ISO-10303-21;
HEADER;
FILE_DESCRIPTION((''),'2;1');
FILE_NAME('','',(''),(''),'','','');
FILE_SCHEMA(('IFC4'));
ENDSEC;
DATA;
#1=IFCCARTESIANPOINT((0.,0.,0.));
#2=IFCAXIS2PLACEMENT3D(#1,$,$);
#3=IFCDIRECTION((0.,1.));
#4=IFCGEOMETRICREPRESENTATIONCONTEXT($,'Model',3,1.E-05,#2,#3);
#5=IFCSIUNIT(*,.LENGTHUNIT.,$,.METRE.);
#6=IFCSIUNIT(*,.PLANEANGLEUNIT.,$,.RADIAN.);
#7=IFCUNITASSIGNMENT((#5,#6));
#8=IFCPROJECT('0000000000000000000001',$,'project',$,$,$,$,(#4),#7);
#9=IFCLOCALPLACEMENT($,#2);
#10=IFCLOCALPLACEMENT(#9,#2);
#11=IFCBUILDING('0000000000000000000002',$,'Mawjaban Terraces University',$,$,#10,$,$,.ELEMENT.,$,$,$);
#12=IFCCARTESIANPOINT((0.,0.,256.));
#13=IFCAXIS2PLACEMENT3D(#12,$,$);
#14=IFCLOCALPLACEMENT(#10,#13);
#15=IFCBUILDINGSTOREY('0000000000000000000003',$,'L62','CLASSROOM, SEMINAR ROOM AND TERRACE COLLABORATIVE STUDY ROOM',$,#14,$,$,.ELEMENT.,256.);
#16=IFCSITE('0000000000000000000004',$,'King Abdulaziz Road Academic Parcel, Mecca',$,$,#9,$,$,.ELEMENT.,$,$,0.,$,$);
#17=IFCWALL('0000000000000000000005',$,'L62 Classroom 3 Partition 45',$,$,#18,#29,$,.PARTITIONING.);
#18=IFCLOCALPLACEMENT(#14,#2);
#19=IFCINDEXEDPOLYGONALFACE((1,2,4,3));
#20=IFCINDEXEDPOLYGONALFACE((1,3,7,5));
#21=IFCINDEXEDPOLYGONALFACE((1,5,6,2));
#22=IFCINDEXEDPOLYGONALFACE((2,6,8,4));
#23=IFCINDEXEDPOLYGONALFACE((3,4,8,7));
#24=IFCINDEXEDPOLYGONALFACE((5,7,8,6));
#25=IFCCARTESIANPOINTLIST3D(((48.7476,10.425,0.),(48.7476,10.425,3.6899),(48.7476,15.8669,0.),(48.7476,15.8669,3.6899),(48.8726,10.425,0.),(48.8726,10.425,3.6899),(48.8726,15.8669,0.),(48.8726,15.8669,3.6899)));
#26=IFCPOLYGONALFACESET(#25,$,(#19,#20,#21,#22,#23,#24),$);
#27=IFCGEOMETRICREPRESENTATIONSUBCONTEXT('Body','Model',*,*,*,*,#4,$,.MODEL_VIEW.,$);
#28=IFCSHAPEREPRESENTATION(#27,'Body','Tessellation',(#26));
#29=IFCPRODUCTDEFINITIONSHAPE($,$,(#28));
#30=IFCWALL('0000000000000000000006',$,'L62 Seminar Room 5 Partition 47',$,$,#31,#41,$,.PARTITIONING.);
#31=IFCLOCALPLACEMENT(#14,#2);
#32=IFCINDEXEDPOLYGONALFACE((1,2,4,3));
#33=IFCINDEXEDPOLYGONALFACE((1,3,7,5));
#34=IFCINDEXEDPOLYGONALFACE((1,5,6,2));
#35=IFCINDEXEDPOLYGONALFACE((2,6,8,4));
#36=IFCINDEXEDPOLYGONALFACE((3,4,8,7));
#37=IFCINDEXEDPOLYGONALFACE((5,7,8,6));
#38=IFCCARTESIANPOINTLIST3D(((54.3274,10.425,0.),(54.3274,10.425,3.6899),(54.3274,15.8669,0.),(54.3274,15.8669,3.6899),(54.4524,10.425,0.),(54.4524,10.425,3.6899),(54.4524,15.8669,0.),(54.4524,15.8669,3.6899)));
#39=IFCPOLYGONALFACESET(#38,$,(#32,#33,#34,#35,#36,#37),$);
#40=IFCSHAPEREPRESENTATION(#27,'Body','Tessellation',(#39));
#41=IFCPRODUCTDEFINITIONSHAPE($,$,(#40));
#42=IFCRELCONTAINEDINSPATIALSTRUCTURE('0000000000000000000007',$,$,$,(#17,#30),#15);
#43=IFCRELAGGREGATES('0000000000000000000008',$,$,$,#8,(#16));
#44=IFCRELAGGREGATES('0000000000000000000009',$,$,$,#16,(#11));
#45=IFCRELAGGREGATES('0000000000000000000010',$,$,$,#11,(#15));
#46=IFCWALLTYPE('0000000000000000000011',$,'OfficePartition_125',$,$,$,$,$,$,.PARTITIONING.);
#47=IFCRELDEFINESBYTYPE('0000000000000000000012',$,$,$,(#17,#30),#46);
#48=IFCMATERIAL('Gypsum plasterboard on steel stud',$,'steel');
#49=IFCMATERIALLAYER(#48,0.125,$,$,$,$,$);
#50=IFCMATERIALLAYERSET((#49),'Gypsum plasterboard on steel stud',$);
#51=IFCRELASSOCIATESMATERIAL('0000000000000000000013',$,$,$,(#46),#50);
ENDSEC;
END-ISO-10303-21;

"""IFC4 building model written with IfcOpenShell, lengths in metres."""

from ifc_helpers import new_model, si_unit, direction, frame, frame_2d, origin, place, context, subcontext, project, spatial, rectangle, extrude, material, layer, layer_set, type_object, element, save


model = new_model("IFC4")

# Units and contexts
model_context = context("Model", 3, precision=1e-05, world=origin(), true_north=direction((0.0, 1.0)))
body_context = subcontext(model_context, "Body", "Model", "MODEL_VIEW")
ifc_project = project(units=[si_unit("LENGTHUNIT", "METRE"), si_unit("PLANEANGLEUNIT", "RADIAN")], contexts=[model_context])

# Site, building, storey
site_placement = place(None, origin())
site = spatial("IfcSite", under=ifc_project, at=site_placement, Name="King Abdulaziz Road Academic Parcel, Mecca", CompositionType="ELEMENT", RefElevation=0.0)
building_placement = place(site_placement, origin())
building = spatial("IfcBuilding", under=site, at=building_placement, Name="Mawjaban Terraces University", CompositionType="ELEMENT")
storey_placement = place(building_placement, frame((0.0, 0.0, 256.0)))
storey = spatial("IfcBuildingStorey", under=building, at=storey_placement, Name="L62", Description="CLASSROOM, SEMINAR ROOM AND TERRACE COLLABORATIVE STUDY ROOM", CompositionType="ELEMENT", Elevation=256.0)

# Walls
ifc_material_1 = material(Name="Gypsum plasterboard on steel stud", Category="steel")
ifc_layer_1 = layer(ifc_material_1, 0.125)
ifc_layer_set_1 = layer_set([ifc_layer_1], Name="Gypsum plasterboard on steel stud")
wall_type_1 = type_object("IfcWallType", Name="OfficePartition_125", PredefinedType="PARTITIONING", material=ifc_layer_set_1)
for number, where, z_axis, x_axis, name in (
    (1, (48.8101, 10.425, 0.0), (0.0, 0.0, 1.0), (0.0, 1.0, 0.0), "L62 Classroom 3 Partition 45"),
    (2, (54.3899, 10.425, 0.0), (0.0, 0.0, 1.0), (0.0, 1.0, 0.0), "L62 Seminar Room 5 Partition 47"),
):
    element("IfcWall", number, at=place(storey_placement, frame(where, z_axis=z_axis, x_axis=x_axis)), inside=storey, type_object=wall_type_1, Name=name, PredefinedType="PARTITIONING", context=body_context, shape_type="SweptSolid", body=[
        extrude(rectangle(XDim=5.4419, YDim=0.125, at=frame_2d((2.7209, 0.0))), origin(), (0.0, 0.0, 1.0), 3.6899),
    ])

save(model, "model.ifc")
